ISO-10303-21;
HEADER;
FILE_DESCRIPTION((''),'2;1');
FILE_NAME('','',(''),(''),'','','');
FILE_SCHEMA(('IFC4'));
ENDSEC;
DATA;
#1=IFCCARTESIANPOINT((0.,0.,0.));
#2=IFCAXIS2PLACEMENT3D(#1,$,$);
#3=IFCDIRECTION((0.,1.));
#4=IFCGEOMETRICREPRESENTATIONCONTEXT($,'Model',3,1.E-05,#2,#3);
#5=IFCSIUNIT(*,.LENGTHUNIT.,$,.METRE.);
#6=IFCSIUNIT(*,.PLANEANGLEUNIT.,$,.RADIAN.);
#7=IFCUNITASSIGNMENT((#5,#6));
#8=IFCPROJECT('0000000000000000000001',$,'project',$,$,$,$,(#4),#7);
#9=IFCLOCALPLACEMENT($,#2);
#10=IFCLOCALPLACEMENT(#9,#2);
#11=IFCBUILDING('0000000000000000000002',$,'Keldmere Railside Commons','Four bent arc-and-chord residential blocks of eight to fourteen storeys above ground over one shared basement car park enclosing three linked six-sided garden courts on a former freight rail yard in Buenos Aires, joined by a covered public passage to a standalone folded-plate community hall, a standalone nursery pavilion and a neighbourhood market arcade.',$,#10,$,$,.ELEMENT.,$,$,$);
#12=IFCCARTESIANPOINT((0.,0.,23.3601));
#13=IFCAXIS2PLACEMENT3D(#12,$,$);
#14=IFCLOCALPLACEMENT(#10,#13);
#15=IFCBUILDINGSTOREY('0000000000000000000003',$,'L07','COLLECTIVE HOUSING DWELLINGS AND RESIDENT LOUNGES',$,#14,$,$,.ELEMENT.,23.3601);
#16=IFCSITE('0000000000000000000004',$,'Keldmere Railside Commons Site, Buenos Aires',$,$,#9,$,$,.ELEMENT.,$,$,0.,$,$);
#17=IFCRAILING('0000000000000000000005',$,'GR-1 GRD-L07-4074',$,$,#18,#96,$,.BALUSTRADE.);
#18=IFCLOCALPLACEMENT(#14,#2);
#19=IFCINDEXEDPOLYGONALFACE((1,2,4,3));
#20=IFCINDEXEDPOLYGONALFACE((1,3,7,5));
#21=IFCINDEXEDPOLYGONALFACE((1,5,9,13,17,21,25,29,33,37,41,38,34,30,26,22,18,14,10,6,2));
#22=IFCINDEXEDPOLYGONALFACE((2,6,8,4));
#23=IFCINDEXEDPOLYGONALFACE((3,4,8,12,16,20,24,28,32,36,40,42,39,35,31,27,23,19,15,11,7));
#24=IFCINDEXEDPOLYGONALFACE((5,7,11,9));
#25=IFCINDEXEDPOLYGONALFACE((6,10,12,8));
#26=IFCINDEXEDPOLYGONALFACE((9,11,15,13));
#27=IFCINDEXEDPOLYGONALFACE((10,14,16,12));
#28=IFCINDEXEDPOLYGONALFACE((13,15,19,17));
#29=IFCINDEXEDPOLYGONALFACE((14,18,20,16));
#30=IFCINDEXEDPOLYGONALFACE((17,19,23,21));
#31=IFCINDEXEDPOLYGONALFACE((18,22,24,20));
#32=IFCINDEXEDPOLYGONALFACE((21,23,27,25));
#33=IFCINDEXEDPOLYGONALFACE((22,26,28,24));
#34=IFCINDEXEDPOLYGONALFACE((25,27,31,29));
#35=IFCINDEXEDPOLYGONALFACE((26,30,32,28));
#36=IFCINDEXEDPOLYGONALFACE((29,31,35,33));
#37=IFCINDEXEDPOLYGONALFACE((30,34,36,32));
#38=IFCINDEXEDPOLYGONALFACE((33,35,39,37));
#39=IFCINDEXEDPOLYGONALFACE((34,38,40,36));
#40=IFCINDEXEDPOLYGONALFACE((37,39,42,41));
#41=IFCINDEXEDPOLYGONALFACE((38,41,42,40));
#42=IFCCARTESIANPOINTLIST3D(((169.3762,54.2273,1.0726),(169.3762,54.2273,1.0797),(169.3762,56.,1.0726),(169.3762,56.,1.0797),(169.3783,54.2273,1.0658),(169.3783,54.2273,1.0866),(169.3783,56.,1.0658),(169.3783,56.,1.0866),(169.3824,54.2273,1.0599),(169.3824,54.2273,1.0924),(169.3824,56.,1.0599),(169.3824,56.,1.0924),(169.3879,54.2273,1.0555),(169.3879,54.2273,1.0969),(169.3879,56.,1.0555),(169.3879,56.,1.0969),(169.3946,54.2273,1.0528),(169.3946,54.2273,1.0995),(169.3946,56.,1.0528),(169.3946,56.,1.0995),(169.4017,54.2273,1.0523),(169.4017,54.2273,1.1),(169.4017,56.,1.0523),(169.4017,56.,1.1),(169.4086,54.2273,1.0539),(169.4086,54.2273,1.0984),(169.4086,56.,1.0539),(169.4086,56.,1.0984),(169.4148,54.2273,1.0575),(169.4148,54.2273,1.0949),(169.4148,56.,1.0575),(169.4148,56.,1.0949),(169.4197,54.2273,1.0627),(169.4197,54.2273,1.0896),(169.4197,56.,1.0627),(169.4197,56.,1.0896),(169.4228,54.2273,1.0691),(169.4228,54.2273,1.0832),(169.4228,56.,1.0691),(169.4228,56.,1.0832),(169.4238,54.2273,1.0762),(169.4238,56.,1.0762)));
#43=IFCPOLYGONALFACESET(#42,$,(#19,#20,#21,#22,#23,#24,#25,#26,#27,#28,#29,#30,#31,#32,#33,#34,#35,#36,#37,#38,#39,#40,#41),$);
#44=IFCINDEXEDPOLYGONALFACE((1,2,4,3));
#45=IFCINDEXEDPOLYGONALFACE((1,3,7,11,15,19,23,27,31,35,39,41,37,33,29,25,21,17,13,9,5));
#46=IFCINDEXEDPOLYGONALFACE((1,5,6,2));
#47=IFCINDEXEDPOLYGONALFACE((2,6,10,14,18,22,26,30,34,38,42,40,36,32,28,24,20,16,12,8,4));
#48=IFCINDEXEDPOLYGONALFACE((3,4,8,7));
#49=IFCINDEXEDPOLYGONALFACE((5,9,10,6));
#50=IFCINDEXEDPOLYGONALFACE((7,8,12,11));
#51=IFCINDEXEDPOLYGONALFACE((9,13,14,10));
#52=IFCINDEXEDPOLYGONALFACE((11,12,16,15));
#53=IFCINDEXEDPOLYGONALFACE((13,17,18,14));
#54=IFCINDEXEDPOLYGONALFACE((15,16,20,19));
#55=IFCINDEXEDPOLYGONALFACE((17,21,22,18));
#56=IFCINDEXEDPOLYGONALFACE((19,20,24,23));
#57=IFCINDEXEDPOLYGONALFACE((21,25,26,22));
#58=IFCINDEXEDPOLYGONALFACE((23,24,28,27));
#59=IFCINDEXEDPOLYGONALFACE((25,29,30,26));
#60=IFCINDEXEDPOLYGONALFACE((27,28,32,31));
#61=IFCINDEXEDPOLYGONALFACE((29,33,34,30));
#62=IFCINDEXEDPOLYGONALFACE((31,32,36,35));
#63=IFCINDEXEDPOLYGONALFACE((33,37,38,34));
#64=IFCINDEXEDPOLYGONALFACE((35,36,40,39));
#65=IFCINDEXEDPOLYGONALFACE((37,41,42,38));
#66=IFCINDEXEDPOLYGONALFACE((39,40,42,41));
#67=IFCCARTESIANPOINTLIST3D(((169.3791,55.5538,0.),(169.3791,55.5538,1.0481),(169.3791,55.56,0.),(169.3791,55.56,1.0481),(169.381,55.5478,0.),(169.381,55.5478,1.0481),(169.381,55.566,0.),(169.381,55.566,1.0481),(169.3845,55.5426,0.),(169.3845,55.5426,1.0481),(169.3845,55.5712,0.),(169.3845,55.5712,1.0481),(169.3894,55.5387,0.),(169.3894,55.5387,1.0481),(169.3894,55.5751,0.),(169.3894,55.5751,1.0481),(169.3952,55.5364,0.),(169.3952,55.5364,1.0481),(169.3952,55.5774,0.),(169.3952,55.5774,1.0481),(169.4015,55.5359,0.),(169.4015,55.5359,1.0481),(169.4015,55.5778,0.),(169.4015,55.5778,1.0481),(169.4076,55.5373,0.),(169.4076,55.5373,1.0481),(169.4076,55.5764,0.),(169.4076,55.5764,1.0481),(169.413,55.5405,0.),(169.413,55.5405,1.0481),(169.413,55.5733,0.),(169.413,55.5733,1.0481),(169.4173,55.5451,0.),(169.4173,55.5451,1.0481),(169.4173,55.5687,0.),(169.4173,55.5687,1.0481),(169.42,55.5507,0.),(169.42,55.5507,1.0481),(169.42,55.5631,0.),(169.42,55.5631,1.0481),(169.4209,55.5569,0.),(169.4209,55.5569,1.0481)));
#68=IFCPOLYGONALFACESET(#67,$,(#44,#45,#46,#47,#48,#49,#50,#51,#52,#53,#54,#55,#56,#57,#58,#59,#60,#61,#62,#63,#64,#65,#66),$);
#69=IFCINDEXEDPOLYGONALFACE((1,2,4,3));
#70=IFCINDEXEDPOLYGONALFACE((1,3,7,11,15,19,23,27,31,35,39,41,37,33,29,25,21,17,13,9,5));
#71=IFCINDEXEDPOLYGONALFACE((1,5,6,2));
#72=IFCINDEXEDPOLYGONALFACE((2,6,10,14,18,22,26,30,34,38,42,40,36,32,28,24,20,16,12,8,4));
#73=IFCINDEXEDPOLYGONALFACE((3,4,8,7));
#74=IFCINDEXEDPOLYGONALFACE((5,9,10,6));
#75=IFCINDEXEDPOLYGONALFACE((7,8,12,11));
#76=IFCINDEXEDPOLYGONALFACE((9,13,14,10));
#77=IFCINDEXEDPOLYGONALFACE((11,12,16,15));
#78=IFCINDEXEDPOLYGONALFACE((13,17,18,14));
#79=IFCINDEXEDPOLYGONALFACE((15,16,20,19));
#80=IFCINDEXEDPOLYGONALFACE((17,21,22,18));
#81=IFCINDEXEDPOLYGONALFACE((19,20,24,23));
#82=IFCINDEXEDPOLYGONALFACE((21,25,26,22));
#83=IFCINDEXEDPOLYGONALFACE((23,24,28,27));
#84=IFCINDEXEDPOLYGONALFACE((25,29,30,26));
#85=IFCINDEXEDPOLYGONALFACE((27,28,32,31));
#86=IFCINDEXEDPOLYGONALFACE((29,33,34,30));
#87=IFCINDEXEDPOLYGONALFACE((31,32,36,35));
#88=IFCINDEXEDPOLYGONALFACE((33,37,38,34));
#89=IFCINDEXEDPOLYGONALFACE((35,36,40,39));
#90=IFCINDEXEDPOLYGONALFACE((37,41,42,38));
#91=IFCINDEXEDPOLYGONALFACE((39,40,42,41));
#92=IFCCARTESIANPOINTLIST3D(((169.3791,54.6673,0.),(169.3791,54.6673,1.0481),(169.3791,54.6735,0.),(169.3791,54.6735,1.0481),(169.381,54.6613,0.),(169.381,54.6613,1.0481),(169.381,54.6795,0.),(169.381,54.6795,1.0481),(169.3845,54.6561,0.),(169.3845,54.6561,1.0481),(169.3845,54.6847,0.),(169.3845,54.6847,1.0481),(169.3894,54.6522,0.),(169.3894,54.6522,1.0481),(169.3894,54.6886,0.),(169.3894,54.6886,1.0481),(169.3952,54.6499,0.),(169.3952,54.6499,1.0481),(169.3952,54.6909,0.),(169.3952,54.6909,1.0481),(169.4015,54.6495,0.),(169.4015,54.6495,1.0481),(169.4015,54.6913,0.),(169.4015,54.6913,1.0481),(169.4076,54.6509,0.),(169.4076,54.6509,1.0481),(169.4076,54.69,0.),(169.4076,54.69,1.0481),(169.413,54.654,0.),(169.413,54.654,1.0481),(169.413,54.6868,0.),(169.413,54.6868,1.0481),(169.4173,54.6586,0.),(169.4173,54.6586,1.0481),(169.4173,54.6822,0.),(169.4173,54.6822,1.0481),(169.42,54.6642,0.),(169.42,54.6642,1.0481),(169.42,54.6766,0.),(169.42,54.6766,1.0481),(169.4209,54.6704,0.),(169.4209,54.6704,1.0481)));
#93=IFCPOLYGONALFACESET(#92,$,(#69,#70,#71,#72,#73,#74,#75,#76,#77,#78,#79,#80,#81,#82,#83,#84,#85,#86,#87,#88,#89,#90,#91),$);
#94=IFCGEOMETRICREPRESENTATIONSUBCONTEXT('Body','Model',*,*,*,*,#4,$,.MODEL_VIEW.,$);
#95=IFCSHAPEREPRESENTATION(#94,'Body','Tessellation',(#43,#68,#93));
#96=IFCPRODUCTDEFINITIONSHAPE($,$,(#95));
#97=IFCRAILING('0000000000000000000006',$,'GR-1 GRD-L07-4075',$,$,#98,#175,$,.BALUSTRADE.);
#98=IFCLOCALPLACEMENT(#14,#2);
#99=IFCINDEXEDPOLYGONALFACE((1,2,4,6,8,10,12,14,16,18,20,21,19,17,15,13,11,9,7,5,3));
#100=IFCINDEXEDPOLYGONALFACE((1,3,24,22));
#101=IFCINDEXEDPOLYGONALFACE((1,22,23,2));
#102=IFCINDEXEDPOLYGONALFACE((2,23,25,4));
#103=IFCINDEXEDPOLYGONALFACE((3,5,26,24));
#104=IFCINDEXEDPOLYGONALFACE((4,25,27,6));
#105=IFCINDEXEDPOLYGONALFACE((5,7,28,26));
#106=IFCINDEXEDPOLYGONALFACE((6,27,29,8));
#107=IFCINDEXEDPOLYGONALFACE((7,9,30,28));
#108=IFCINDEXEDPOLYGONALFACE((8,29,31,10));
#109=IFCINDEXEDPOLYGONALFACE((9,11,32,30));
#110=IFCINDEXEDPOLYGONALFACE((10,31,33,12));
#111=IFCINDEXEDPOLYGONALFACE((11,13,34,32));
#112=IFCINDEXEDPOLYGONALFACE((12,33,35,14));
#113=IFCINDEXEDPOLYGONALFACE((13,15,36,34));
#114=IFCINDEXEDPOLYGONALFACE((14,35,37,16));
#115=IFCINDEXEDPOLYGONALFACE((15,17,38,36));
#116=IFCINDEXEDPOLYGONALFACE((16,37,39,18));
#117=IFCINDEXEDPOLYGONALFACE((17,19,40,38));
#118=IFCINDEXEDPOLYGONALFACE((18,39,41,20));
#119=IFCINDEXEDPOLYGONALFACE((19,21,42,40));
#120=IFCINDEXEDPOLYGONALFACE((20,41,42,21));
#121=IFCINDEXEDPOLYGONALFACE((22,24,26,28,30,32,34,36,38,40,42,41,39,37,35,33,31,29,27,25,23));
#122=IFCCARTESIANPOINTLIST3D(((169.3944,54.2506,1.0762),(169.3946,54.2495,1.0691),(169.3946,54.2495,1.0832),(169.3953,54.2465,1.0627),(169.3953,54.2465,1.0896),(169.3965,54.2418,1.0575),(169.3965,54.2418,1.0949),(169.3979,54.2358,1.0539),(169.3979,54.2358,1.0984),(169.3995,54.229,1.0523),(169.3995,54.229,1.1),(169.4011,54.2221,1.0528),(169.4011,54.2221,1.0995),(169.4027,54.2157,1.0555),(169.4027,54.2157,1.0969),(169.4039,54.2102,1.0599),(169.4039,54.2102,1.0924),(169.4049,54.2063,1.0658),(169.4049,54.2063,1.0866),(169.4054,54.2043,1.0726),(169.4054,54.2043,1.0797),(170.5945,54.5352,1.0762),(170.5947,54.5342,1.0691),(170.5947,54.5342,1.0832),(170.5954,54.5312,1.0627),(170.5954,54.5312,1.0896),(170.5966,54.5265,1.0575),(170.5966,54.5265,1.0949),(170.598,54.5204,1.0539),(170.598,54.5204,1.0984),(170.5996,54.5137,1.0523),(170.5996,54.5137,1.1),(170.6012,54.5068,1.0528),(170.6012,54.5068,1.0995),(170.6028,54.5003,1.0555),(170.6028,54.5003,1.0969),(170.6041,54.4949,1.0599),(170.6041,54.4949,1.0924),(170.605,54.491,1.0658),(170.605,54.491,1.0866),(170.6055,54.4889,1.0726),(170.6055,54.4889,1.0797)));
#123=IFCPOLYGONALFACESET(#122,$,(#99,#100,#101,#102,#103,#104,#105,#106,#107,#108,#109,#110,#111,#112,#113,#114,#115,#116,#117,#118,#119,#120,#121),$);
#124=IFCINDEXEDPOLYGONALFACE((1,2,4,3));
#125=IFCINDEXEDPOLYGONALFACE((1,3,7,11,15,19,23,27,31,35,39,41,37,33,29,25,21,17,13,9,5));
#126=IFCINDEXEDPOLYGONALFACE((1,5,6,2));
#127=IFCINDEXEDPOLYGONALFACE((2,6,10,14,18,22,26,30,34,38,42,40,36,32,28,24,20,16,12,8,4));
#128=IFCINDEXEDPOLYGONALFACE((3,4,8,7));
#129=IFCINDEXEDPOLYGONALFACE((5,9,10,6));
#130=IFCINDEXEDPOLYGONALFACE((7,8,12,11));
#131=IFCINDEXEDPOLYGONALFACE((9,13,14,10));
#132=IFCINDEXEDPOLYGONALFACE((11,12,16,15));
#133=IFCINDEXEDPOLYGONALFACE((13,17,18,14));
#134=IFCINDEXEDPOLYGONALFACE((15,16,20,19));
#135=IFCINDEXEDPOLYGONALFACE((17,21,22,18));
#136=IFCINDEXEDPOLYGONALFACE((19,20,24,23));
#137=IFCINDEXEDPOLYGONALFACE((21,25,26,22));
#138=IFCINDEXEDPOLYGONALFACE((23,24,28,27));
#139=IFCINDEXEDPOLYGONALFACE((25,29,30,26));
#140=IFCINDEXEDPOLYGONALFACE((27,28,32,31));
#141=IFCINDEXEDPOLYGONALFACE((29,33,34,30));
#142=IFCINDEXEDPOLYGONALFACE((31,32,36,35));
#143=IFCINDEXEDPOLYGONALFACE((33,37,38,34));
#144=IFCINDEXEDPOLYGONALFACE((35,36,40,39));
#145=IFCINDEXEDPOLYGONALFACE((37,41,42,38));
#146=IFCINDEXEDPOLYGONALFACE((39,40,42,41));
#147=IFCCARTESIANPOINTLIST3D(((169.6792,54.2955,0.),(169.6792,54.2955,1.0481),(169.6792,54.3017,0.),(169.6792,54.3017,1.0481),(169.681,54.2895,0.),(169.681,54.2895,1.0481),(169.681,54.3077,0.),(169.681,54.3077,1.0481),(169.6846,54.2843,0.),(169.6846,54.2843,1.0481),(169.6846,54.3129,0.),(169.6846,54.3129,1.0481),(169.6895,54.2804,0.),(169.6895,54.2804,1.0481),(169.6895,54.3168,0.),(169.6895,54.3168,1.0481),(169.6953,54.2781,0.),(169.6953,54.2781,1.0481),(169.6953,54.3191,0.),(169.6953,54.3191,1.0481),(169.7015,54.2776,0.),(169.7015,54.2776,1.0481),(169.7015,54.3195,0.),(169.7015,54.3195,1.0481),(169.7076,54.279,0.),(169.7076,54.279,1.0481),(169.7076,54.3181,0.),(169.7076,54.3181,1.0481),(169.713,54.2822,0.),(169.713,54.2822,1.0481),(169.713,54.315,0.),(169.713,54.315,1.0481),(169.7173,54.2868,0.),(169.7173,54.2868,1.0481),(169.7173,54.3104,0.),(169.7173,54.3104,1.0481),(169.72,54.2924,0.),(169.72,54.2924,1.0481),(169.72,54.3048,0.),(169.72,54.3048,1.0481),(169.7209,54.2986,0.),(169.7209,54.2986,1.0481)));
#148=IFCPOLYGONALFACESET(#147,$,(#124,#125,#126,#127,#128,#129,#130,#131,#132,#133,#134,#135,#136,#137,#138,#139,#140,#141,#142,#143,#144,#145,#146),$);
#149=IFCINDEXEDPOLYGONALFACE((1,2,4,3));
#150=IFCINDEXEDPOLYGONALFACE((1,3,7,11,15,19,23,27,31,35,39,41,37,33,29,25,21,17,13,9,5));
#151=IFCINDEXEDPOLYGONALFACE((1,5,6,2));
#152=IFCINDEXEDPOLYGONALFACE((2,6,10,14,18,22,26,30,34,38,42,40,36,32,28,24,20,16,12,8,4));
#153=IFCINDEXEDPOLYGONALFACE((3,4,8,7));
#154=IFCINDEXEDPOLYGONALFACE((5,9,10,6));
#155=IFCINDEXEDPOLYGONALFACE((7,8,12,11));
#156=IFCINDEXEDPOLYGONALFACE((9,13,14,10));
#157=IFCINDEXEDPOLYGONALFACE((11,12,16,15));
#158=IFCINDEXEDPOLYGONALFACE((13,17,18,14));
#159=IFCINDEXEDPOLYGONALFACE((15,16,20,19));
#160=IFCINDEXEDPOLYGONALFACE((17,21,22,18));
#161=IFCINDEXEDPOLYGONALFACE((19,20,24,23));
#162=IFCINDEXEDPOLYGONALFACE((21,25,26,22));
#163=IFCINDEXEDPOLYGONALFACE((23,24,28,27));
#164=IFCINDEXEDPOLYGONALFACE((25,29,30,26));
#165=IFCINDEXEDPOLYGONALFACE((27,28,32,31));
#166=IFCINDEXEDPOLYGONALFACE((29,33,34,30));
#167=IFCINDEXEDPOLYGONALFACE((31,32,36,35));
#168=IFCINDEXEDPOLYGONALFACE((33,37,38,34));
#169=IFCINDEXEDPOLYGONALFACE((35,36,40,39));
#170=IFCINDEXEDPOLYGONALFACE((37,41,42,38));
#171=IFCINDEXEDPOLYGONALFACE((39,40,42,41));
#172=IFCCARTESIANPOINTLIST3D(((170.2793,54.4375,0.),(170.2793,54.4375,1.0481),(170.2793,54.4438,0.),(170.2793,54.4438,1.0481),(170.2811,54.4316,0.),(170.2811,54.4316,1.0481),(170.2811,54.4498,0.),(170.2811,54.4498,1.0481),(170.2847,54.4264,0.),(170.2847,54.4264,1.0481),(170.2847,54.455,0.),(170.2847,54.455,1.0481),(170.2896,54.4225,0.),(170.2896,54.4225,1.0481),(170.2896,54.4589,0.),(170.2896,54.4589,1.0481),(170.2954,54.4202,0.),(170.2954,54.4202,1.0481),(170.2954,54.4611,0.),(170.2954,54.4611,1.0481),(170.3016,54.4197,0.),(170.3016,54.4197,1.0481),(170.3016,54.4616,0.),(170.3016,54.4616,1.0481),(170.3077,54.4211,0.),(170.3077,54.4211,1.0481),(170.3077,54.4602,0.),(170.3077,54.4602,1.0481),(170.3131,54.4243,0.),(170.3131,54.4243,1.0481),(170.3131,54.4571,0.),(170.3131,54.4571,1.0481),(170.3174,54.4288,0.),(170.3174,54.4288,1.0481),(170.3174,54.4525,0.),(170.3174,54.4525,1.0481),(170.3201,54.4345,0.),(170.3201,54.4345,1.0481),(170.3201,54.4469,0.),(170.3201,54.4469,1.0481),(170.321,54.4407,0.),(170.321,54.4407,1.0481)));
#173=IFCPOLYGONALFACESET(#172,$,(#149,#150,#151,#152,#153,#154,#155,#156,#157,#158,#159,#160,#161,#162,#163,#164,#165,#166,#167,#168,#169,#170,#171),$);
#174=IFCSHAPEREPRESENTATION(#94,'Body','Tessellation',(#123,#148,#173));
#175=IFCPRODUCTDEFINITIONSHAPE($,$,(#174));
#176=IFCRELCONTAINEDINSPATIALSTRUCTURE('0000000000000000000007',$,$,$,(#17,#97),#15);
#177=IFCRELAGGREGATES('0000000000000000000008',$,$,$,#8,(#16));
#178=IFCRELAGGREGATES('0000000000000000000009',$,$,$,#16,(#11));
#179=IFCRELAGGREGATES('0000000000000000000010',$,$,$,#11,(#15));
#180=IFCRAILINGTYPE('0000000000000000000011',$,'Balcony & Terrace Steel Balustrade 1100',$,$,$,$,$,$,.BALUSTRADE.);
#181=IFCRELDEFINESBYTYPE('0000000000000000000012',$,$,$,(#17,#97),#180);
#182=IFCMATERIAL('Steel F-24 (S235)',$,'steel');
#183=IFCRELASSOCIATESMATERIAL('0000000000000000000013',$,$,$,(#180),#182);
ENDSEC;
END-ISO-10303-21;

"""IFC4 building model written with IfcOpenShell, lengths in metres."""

from ifc_helpers import new_model, si_unit, direction, frame, origin, origin_2d, place, context, subcontext, project, spatial, circle, extrude, material, type_object, element, save


model = new_model("IFC4")

# Units and contexts
model_context = context("Model", 3, precision=1e-05, world=origin(), true_north=direction((0.0, 1.0)))
body_context = subcontext(model_context, "Body", "Model", "MODEL_VIEW")
ifc_project = project(units=[si_unit("LENGTHUNIT", "METRE"), si_unit("PLANEANGLEUNIT", "RADIAN")], contexts=[model_context])

# Site, building, storey
site_placement = place(None, origin())
site = spatial("IfcSite", under=ifc_project, at=site_placement, Name="Keldmere Railside Commons Site, Buenos Aires", CompositionType="ELEMENT", RefElevation=0.0)
building_placement = place(site_placement, origin())
building = spatial("IfcBuilding", under=site, at=building_placement, Name="Keldmere Railside Commons", Description="Four bent arc-and-chord residential blocks of eight to fourteen storeys above ground over one shared basement car park enclosing three linked six-sided garden courts on a former freight rail yard in Buenos Aires, joined by a covered public passage to a standalone folded-plate community hall, a standalone nursery pavilion and a neighbourhood market arcade.", CompositionType="ELEMENT")
storey_placement = place(building_placement, frame((0.0, 0.0, 23.3601)))
storey = spatial("IfcBuildingStorey", under=building, at=storey_placement, Name="L07", Description="COLLECTIVE HOUSING DWELLINGS AND RESIDENT LOUNGES", CompositionType="ELEMENT", Elevation=23.3601)

# Railings
ifc_material_1 = material(Name="Steel F-24 (S235)", Category="steel")
railing_type = type_object("IfcRailingType", Name="Balcony & Terrace Steel Balustrade 1100", PredefinedType="BALUSTRADE", material=ifc_material_1)
railing_1_placement = place(storey_placement, frame((169.3999, 56.0, 0.0)))
element("IfcRailing", 1, at=railing_1_placement, inside=storey, type_object=railing_type, Name="GR-1 GRD-L07-4074", PredefinedType="BALUSTRADE", context=body_context, shape_type="SweptSolid", body=[
    extrude(circle(Radius=0.0239, at=origin_2d()), frame((0.0, 0.0, 1.0762), z_axis=(0.0, -1.0, 0.0), x_axis=(1.0, 0.0, 0.0)), (0.0, 0.0, 1.0), 1.7727),
    extrude(circle(Radius=0.021, at=origin_2d()), frame((0.0, -0.4431, 0.0)), (0.0, 0.0, 1.0), 1.0481),
    extrude(circle(Radius=0.021, at=origin_2d()), frame((0.0, -1.3296, 0.0)), (0.0, 0.0, 1.0), 1.0481),
])
railing_2_placement = place(storey_placement, frame((169.3999, 54.2273, 0.0)))
element("IfcRailing", 2, at=railing_2_placement, inside=storey, type_object=railing_type, Name="GR-1 GRD-L07-4075", PredefinedType="BALUSTRADE", context=body_context, shape_type="SweptSolid", body=[
    extrude(circle(Radius=0.0239, at=origin_2d()), frame((0.0, 0.0, 1.0762), z_axis=(0.973005, 0.230782, 0.0), x_axis=(-0.230782, 0.973005, 0.0)), (0.0, 0.0, 1.0), 1.2334),
    extrude(circle(Radius=0.021, at=origin_2d()), frame((0.3, 0.0713, 0.0)), (0.0, 0.0, 1.0), 1.0481),
    extrude(circle(Radius=0.021, at=origin_2d()), frame((0.9001, 0.2134, 0.0)), (0.0, 0.0, 1.0), 1.0481),
])

save(model, "model.ifc")
